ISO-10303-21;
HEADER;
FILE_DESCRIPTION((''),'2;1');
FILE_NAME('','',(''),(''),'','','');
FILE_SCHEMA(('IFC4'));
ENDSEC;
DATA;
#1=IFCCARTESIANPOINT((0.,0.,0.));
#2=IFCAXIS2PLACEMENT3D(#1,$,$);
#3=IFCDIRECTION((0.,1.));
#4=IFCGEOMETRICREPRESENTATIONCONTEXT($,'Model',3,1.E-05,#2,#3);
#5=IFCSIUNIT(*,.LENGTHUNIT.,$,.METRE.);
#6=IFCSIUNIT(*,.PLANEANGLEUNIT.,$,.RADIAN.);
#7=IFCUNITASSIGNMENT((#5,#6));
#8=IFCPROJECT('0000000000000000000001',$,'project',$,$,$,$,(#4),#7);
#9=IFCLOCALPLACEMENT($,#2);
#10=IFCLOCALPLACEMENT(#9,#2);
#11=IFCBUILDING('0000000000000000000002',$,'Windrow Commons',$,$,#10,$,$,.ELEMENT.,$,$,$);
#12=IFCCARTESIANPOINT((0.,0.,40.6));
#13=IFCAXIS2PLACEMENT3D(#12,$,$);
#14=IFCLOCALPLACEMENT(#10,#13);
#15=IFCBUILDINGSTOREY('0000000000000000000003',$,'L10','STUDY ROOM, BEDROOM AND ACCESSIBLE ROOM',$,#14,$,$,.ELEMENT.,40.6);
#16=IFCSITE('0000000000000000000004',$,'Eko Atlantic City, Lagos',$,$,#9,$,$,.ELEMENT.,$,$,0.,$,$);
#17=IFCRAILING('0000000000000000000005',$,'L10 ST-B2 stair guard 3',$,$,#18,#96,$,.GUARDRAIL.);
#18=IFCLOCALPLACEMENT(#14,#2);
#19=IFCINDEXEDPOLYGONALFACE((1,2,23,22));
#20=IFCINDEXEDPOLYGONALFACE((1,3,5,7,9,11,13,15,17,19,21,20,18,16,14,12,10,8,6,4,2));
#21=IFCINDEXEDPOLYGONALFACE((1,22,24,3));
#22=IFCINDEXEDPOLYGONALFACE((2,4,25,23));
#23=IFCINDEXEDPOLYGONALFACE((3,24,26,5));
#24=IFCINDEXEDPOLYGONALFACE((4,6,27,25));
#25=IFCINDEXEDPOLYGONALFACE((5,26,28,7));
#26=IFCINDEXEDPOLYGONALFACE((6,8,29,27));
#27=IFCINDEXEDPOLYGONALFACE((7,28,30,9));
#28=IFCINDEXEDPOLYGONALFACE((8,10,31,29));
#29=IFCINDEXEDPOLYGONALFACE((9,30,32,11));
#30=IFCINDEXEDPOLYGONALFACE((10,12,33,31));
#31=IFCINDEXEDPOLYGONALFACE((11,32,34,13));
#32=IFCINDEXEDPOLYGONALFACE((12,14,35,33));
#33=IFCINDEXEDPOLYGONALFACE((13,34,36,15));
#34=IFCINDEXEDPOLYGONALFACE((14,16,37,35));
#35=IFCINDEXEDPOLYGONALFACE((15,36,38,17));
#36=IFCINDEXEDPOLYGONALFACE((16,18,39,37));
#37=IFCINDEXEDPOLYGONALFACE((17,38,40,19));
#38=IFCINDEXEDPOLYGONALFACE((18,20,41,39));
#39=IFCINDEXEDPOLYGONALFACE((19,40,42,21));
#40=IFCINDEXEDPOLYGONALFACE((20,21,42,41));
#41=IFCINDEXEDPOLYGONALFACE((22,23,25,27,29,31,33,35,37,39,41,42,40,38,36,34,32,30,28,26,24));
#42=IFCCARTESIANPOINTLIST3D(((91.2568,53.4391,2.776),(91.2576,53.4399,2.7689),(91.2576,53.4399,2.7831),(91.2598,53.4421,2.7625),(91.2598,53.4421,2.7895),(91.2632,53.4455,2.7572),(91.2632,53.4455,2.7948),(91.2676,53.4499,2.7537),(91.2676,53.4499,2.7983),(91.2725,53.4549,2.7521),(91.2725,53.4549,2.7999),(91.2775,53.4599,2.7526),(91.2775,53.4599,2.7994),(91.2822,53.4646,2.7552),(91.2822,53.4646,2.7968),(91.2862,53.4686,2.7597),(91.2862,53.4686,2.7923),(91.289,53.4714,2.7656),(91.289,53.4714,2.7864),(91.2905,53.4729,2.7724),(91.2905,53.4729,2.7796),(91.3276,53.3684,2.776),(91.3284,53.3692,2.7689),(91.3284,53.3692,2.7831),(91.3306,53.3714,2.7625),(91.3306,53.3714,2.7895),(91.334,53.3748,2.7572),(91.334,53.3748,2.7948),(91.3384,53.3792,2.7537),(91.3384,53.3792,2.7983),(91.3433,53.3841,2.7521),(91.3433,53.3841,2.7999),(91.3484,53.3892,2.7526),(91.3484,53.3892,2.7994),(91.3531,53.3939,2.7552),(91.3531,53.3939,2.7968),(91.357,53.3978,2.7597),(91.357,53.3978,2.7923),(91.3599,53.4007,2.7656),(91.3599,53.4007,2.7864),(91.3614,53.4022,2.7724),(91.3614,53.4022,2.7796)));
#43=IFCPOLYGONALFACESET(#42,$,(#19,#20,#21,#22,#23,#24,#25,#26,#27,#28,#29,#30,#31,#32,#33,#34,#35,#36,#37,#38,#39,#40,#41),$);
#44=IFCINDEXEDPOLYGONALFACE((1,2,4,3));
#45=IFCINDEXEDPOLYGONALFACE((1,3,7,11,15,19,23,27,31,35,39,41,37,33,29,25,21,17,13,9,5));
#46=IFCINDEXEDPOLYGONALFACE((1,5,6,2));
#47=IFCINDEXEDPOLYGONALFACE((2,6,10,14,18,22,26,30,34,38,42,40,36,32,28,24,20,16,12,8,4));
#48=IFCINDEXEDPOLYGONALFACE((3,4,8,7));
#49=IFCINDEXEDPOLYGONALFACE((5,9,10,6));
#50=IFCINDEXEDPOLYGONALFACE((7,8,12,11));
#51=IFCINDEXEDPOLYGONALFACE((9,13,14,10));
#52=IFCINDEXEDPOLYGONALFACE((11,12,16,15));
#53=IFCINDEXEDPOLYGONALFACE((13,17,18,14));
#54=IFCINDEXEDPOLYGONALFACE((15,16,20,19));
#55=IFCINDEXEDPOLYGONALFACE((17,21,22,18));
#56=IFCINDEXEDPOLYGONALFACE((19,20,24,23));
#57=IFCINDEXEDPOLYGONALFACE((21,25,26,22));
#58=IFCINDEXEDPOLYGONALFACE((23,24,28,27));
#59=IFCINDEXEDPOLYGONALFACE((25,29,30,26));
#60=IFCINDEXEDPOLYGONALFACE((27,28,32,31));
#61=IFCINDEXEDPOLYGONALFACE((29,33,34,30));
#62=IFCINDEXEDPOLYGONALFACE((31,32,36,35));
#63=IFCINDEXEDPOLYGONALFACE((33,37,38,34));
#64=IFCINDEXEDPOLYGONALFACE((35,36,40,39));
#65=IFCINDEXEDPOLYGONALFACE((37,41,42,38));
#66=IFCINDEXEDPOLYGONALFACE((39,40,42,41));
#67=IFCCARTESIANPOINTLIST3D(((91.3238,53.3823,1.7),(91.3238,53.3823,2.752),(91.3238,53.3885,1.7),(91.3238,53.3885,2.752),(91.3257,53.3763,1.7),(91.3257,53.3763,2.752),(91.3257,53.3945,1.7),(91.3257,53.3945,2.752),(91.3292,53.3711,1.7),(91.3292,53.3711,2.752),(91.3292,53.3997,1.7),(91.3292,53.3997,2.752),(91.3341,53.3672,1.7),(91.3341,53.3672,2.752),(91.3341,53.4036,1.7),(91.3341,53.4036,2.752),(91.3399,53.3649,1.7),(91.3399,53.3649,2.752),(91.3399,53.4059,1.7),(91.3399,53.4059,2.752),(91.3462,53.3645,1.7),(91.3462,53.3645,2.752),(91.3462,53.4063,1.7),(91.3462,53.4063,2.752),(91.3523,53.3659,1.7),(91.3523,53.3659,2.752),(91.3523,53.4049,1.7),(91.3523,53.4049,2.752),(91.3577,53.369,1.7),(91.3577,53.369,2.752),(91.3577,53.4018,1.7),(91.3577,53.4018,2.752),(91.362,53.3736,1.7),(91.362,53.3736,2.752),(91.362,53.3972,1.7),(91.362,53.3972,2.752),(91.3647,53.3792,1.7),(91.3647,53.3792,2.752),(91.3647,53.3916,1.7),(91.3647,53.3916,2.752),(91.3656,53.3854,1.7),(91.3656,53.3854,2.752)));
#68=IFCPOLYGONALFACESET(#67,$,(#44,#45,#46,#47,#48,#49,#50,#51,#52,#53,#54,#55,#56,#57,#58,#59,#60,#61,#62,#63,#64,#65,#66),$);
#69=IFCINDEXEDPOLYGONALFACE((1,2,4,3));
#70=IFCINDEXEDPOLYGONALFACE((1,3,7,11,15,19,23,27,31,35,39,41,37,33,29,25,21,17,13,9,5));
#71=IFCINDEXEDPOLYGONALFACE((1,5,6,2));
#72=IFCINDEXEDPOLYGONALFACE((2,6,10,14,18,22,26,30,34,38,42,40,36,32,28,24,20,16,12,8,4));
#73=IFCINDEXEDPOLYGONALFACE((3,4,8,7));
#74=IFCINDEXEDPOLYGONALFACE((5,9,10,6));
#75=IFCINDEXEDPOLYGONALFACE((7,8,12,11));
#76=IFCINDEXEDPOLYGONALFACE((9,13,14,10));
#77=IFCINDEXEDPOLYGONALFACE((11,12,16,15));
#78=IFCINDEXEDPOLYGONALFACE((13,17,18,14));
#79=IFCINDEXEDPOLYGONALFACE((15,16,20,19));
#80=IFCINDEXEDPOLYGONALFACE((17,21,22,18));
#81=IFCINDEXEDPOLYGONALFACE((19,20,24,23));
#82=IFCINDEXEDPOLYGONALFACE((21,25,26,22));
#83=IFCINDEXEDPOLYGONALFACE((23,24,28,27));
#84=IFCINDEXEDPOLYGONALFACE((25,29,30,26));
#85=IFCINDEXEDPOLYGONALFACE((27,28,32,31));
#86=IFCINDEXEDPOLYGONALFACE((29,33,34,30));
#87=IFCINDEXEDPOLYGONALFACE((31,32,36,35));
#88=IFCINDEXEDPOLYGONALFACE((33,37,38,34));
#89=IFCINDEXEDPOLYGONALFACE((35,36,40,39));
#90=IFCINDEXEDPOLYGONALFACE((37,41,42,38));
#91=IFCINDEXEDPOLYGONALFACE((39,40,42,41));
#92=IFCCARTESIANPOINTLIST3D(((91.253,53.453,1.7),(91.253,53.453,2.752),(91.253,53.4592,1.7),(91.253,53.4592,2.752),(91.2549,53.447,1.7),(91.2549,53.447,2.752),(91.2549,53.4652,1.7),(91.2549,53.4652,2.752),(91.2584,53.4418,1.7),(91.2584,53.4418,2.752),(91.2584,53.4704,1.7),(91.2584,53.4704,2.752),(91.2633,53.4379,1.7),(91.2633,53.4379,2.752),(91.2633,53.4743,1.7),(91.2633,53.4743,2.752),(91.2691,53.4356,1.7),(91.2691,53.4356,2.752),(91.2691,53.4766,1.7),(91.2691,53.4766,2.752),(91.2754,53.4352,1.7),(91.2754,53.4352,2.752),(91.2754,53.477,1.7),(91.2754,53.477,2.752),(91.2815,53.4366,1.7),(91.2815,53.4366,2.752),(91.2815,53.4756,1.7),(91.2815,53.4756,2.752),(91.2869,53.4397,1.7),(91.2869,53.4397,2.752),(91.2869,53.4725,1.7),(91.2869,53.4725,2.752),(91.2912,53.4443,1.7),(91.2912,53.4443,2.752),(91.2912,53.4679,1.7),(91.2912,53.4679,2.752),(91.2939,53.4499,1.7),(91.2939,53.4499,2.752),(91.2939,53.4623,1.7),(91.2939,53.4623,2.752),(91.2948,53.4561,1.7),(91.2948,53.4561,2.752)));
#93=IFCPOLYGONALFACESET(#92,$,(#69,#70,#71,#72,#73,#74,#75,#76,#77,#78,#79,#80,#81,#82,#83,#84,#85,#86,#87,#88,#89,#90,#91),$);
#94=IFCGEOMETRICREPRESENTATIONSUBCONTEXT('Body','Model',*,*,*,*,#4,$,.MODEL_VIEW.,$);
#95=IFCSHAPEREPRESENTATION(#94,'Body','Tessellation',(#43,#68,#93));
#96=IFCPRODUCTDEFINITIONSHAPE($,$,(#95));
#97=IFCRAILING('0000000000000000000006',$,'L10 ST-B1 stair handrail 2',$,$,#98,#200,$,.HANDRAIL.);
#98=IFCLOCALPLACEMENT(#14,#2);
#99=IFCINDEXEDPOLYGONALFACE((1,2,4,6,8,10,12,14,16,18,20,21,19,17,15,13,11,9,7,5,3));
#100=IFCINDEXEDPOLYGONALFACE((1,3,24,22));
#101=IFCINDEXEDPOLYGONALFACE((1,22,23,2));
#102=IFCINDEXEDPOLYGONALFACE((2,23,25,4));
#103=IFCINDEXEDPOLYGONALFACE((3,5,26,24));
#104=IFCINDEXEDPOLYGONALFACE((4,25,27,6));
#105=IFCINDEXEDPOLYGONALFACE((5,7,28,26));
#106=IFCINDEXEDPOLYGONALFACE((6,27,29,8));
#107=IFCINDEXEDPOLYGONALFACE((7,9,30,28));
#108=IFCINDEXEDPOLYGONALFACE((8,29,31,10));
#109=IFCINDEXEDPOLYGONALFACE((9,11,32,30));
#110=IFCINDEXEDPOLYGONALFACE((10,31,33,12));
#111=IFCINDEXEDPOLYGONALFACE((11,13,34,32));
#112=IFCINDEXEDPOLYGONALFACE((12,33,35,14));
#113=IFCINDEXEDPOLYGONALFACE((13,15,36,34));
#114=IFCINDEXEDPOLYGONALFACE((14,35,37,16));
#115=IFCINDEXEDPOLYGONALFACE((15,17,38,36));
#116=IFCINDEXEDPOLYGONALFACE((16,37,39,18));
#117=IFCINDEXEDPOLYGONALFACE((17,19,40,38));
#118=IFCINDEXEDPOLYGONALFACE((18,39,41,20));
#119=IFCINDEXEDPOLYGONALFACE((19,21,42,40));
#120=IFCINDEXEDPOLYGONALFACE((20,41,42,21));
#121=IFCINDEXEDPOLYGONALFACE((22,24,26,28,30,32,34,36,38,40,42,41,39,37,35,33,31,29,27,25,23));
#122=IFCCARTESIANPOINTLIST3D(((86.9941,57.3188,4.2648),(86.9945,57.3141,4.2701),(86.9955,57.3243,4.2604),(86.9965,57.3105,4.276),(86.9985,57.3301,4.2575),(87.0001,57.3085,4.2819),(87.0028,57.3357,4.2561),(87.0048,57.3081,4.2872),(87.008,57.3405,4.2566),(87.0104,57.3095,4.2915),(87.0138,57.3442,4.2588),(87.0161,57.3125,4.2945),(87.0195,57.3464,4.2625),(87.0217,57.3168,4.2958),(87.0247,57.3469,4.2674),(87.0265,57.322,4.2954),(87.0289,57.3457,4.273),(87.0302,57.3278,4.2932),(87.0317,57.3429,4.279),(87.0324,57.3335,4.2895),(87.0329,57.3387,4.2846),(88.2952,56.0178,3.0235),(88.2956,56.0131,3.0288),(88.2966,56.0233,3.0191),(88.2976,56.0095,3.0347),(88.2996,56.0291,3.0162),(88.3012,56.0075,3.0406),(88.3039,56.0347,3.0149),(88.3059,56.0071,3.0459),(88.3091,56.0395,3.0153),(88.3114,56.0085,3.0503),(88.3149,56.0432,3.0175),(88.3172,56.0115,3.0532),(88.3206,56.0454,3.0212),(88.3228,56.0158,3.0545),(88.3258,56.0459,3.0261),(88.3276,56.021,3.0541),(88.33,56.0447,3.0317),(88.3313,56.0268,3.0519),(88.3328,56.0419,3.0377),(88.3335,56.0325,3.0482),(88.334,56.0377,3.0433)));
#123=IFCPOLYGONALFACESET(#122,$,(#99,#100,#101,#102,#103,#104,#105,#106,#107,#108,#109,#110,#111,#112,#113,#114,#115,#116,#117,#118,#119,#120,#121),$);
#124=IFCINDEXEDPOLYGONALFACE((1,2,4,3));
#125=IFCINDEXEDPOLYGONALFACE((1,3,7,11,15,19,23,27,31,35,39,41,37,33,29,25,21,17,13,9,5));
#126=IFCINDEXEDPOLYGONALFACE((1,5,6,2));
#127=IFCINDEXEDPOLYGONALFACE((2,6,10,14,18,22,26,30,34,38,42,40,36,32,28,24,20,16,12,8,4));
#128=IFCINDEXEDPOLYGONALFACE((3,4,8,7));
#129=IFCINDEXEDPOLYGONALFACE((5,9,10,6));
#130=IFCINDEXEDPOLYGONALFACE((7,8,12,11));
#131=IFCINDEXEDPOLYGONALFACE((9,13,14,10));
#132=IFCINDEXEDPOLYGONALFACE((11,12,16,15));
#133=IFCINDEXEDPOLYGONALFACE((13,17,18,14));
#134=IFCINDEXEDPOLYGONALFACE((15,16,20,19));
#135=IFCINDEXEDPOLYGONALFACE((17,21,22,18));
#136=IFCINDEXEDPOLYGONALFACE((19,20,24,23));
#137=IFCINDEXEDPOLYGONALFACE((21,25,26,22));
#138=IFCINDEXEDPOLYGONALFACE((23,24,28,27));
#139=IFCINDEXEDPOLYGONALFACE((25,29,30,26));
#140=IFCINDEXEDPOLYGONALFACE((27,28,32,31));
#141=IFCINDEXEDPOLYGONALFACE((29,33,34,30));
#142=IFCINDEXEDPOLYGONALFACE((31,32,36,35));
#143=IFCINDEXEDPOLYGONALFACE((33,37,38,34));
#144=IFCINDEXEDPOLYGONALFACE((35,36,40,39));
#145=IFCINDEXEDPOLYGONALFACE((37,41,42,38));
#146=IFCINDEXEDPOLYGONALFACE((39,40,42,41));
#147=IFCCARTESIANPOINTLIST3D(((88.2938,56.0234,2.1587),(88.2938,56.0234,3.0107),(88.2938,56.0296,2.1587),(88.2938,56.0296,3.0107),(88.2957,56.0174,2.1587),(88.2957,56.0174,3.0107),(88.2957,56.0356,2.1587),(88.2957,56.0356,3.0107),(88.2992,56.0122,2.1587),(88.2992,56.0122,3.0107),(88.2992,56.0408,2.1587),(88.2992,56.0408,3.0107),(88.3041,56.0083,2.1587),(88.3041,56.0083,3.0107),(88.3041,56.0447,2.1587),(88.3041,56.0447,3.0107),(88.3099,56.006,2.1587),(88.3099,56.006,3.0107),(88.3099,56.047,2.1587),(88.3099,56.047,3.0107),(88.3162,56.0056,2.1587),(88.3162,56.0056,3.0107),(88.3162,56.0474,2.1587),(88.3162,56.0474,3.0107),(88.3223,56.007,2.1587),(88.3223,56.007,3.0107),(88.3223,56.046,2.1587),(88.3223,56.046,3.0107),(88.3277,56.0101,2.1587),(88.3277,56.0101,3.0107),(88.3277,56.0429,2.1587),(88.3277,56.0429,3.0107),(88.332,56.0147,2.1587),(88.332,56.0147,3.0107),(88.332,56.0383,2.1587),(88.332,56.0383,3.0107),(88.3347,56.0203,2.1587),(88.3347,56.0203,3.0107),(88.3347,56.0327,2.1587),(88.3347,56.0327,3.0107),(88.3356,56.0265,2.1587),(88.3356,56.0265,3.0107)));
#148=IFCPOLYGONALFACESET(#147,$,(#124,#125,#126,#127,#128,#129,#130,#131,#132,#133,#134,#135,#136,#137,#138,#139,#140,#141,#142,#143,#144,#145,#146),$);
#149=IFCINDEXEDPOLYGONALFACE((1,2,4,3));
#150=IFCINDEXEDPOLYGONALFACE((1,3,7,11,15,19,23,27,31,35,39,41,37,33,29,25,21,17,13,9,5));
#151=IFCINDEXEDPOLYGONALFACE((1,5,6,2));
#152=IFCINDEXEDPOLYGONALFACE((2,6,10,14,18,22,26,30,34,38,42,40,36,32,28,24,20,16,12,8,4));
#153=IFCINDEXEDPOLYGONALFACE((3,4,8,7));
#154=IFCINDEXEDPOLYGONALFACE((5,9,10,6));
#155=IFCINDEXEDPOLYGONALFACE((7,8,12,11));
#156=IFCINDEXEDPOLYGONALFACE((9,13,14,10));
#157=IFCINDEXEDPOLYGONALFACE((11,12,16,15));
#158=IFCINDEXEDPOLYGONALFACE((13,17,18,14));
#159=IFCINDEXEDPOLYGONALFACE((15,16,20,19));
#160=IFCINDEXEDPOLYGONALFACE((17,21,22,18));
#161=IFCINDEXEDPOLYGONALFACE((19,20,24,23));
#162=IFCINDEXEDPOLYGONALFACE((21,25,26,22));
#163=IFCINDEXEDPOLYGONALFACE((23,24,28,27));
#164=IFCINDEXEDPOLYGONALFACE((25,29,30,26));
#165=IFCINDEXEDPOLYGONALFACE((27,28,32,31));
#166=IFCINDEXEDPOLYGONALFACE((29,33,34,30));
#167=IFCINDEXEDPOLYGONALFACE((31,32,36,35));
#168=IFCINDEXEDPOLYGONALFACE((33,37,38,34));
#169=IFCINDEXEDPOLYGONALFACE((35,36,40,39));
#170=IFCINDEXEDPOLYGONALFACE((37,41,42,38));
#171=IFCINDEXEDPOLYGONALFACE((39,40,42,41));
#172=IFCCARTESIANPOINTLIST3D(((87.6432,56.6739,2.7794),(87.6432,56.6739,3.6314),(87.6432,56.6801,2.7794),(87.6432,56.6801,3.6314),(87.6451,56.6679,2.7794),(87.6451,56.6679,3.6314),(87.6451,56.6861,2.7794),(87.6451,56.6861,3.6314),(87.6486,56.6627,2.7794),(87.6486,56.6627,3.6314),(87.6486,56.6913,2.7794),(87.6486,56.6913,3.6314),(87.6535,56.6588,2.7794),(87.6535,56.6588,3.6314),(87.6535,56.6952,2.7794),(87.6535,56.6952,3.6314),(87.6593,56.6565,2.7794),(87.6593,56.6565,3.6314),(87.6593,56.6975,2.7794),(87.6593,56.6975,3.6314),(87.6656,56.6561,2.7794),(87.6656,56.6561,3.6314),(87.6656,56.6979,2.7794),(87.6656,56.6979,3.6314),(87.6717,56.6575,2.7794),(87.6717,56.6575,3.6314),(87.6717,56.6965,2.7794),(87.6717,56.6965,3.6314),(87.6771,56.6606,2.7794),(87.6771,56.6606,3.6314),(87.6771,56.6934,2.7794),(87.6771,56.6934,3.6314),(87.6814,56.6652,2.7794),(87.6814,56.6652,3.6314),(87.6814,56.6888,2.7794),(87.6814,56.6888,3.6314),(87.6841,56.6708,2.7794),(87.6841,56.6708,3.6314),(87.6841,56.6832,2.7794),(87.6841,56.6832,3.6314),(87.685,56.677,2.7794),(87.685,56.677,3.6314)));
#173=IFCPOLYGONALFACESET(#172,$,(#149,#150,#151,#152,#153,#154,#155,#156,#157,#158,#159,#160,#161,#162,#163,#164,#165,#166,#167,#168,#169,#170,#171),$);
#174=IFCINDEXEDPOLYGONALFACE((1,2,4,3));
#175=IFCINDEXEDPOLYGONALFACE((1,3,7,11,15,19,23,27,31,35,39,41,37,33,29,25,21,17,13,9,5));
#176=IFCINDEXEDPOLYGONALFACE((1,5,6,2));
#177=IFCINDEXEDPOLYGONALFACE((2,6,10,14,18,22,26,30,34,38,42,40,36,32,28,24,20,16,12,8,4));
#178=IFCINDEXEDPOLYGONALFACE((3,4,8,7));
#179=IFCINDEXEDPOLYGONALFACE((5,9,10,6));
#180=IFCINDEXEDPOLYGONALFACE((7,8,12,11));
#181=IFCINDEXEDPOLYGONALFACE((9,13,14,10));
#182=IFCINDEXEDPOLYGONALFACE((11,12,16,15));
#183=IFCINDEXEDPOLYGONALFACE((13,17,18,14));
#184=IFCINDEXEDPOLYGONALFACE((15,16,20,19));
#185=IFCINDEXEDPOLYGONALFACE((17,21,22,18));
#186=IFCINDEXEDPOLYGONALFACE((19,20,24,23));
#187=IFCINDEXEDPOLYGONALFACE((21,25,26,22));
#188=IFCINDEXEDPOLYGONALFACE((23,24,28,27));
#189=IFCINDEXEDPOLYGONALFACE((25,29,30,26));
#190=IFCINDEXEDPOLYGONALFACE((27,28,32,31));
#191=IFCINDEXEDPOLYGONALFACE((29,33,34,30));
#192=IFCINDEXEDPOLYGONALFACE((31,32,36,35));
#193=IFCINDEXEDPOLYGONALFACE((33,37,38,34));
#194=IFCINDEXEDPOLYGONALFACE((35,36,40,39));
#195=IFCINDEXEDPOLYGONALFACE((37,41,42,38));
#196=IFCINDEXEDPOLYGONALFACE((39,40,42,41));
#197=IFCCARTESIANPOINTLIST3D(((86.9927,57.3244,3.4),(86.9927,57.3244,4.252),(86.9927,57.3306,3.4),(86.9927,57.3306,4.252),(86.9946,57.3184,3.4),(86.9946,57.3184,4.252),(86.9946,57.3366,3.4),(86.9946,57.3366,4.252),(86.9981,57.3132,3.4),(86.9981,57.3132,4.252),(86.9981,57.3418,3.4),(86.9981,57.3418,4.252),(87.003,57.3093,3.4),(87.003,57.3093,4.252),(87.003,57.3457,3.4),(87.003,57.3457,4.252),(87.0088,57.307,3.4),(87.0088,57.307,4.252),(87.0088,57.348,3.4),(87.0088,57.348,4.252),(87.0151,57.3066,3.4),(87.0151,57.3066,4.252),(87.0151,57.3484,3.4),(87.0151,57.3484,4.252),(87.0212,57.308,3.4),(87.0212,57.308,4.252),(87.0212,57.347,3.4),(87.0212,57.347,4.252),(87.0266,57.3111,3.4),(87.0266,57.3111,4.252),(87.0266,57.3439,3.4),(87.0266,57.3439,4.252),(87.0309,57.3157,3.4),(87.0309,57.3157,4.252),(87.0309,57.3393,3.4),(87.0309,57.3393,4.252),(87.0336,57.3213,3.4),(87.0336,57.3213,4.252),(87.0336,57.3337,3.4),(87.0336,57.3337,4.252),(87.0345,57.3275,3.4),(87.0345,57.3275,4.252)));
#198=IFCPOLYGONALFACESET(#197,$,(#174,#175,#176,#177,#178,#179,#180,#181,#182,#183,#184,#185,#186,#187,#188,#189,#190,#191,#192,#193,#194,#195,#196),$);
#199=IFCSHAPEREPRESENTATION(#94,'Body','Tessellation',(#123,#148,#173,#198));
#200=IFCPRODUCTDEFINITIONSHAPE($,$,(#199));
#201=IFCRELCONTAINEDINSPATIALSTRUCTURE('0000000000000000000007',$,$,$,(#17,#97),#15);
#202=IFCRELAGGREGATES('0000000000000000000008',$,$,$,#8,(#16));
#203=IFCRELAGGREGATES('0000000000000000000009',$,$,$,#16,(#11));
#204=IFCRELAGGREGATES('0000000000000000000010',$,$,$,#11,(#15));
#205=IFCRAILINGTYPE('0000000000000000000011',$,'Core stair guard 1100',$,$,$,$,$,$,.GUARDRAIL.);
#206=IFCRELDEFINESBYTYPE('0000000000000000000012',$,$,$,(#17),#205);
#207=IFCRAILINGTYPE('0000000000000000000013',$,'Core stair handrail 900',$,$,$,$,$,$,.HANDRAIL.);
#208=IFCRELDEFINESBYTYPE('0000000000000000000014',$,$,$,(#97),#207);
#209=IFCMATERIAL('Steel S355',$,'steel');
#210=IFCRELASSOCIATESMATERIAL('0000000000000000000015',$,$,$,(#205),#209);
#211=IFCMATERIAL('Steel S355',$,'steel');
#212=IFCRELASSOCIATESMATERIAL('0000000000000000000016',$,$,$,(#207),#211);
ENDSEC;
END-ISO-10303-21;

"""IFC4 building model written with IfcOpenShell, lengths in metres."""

from ifc_helpers import new_model, si_unit, direction, frame, origin, origin_2d, place, context, subcontext, project, spatial, circle, extrude, material, type_object, element, save


model = new_model("IFC4")

# Units and contexts
model_context = context("Model", 3, precision=1e-05, world=origin(), true_north=direction((0.0, 1.0)))
body_context = subcontext(model_context, "Body", "Model", "MODEL_VIEW")
ifc_project = project(units=[si_unit("LENGTHUNIT", "METRE"), si_unit("PLANEANGLEUNIT", "RADIAN")], contexts=[model_context])

# Site, building, storey
site_placement = place(None, origin())
site = spatial("IfcSite", under=ifc_project, at=site_placement, Name="Eko Atlantic City, Lagos", CompositionType="ELEMENT", RefElevation=0.0)
building_placement = place(site_placement, origin())
building = spatial("IfcBuilding", under=site, at=building_placement, Name="Windrow Commons", CompositionType="ELEMENT")
storey_placement = place(building_placement, frame((0.0, 0.0, 40.6)))
storey = spatial("IfcBuildingStorey", under=building, at=storey_placement, Name="L10", Description="STUDY ROOM, BEDROOM AND ACCESSIBLE ROOM", CompositionType="ELEMENT", Elevation=40.6)

# Railings
ifc_material_1 = material(Name="Steel S355", Category="steel")
railing_type_1 = type_object("IfcRailingType", Name="Core stair guard 1100", PredefinedType="GUARDRAIL", material=ifc_material_1)
railing_1_placement = place(storey_placement, frame((91.3446, 53.3854, 1.7)))
element("IfcRailing", 1, at=railing_1_placement, inside=storey, type_object=railing_type_1, Name="L10 ST-B2 stair guard 3", PredefinedType="GUARDRAIL", context=body_context, shape_type="SweptSolid", body=[
    extrude(circle(Radius=0.024, at=origin_2d()), frame((0.0, 0.0, 1.076), z_axis=(-0.707606, 0.706607, 0.0), x_axis=(-0.706607, -0.707606, 0.0)), (0.0, 0.0, 1.0), 0.1001),
    extrude(circle(Radius=0.021, at=origin_2d()), origin(), (0.0, 0.0, 1.0), 1.052),
    extrude(circle(Radius=0.021, at=origin_2d()), frame((-0.0708, 0.0707, 0.0)), (0.0, 0.0, 1.0), 1.052),
])
ifc_material_2 = material(Name="Steel S355", Category="steel")
railing_type_2 = type_object("IfcRailingType", Name="Core stair handrail 900", PredefinedType="HANDRAIL", material=ifc_material_2)
railing_2_placement = place(storey_placement, frame((88.3146, 56.0265, 2.1587)))
element("IfcRailing", 2, at=railing_2_placement, inside=storey, type_object=railing_type_2, Name="L10 ST-B1 stair handrail 2", PredefinedType="HANDRAIL", context=body_context, shape_type="SweptSolid", body=[
    extrude(circle(Radius=0.024, at=origin_2d()), frame((0.0, 0.0, 0.876), z_axis=(-0.586207, 0.586162, 0.559264), x_axis=(-0.70708, -0.707134, 0.0)), (0.0, 0.0, 1.0), 2.2195),
    extrude(circle(Radius=0.021, at=origin_2d()), origin(), (0.0, 0.0, 1.0), 0.852),
    extrude(circle(Radius=0.021, at=origin_2d()), frame((-0.6506, 0.6505, 0.6207)), (0.0, 0.0, 1.0), 0.852),
    extrude(circle(Radius=0.021, at=origin_2d()), frame((-1.3011, 1.301, 1.2413)), (0.0, 0.0, 1.0), 0.852),
])

save(model, "model.ifc")
